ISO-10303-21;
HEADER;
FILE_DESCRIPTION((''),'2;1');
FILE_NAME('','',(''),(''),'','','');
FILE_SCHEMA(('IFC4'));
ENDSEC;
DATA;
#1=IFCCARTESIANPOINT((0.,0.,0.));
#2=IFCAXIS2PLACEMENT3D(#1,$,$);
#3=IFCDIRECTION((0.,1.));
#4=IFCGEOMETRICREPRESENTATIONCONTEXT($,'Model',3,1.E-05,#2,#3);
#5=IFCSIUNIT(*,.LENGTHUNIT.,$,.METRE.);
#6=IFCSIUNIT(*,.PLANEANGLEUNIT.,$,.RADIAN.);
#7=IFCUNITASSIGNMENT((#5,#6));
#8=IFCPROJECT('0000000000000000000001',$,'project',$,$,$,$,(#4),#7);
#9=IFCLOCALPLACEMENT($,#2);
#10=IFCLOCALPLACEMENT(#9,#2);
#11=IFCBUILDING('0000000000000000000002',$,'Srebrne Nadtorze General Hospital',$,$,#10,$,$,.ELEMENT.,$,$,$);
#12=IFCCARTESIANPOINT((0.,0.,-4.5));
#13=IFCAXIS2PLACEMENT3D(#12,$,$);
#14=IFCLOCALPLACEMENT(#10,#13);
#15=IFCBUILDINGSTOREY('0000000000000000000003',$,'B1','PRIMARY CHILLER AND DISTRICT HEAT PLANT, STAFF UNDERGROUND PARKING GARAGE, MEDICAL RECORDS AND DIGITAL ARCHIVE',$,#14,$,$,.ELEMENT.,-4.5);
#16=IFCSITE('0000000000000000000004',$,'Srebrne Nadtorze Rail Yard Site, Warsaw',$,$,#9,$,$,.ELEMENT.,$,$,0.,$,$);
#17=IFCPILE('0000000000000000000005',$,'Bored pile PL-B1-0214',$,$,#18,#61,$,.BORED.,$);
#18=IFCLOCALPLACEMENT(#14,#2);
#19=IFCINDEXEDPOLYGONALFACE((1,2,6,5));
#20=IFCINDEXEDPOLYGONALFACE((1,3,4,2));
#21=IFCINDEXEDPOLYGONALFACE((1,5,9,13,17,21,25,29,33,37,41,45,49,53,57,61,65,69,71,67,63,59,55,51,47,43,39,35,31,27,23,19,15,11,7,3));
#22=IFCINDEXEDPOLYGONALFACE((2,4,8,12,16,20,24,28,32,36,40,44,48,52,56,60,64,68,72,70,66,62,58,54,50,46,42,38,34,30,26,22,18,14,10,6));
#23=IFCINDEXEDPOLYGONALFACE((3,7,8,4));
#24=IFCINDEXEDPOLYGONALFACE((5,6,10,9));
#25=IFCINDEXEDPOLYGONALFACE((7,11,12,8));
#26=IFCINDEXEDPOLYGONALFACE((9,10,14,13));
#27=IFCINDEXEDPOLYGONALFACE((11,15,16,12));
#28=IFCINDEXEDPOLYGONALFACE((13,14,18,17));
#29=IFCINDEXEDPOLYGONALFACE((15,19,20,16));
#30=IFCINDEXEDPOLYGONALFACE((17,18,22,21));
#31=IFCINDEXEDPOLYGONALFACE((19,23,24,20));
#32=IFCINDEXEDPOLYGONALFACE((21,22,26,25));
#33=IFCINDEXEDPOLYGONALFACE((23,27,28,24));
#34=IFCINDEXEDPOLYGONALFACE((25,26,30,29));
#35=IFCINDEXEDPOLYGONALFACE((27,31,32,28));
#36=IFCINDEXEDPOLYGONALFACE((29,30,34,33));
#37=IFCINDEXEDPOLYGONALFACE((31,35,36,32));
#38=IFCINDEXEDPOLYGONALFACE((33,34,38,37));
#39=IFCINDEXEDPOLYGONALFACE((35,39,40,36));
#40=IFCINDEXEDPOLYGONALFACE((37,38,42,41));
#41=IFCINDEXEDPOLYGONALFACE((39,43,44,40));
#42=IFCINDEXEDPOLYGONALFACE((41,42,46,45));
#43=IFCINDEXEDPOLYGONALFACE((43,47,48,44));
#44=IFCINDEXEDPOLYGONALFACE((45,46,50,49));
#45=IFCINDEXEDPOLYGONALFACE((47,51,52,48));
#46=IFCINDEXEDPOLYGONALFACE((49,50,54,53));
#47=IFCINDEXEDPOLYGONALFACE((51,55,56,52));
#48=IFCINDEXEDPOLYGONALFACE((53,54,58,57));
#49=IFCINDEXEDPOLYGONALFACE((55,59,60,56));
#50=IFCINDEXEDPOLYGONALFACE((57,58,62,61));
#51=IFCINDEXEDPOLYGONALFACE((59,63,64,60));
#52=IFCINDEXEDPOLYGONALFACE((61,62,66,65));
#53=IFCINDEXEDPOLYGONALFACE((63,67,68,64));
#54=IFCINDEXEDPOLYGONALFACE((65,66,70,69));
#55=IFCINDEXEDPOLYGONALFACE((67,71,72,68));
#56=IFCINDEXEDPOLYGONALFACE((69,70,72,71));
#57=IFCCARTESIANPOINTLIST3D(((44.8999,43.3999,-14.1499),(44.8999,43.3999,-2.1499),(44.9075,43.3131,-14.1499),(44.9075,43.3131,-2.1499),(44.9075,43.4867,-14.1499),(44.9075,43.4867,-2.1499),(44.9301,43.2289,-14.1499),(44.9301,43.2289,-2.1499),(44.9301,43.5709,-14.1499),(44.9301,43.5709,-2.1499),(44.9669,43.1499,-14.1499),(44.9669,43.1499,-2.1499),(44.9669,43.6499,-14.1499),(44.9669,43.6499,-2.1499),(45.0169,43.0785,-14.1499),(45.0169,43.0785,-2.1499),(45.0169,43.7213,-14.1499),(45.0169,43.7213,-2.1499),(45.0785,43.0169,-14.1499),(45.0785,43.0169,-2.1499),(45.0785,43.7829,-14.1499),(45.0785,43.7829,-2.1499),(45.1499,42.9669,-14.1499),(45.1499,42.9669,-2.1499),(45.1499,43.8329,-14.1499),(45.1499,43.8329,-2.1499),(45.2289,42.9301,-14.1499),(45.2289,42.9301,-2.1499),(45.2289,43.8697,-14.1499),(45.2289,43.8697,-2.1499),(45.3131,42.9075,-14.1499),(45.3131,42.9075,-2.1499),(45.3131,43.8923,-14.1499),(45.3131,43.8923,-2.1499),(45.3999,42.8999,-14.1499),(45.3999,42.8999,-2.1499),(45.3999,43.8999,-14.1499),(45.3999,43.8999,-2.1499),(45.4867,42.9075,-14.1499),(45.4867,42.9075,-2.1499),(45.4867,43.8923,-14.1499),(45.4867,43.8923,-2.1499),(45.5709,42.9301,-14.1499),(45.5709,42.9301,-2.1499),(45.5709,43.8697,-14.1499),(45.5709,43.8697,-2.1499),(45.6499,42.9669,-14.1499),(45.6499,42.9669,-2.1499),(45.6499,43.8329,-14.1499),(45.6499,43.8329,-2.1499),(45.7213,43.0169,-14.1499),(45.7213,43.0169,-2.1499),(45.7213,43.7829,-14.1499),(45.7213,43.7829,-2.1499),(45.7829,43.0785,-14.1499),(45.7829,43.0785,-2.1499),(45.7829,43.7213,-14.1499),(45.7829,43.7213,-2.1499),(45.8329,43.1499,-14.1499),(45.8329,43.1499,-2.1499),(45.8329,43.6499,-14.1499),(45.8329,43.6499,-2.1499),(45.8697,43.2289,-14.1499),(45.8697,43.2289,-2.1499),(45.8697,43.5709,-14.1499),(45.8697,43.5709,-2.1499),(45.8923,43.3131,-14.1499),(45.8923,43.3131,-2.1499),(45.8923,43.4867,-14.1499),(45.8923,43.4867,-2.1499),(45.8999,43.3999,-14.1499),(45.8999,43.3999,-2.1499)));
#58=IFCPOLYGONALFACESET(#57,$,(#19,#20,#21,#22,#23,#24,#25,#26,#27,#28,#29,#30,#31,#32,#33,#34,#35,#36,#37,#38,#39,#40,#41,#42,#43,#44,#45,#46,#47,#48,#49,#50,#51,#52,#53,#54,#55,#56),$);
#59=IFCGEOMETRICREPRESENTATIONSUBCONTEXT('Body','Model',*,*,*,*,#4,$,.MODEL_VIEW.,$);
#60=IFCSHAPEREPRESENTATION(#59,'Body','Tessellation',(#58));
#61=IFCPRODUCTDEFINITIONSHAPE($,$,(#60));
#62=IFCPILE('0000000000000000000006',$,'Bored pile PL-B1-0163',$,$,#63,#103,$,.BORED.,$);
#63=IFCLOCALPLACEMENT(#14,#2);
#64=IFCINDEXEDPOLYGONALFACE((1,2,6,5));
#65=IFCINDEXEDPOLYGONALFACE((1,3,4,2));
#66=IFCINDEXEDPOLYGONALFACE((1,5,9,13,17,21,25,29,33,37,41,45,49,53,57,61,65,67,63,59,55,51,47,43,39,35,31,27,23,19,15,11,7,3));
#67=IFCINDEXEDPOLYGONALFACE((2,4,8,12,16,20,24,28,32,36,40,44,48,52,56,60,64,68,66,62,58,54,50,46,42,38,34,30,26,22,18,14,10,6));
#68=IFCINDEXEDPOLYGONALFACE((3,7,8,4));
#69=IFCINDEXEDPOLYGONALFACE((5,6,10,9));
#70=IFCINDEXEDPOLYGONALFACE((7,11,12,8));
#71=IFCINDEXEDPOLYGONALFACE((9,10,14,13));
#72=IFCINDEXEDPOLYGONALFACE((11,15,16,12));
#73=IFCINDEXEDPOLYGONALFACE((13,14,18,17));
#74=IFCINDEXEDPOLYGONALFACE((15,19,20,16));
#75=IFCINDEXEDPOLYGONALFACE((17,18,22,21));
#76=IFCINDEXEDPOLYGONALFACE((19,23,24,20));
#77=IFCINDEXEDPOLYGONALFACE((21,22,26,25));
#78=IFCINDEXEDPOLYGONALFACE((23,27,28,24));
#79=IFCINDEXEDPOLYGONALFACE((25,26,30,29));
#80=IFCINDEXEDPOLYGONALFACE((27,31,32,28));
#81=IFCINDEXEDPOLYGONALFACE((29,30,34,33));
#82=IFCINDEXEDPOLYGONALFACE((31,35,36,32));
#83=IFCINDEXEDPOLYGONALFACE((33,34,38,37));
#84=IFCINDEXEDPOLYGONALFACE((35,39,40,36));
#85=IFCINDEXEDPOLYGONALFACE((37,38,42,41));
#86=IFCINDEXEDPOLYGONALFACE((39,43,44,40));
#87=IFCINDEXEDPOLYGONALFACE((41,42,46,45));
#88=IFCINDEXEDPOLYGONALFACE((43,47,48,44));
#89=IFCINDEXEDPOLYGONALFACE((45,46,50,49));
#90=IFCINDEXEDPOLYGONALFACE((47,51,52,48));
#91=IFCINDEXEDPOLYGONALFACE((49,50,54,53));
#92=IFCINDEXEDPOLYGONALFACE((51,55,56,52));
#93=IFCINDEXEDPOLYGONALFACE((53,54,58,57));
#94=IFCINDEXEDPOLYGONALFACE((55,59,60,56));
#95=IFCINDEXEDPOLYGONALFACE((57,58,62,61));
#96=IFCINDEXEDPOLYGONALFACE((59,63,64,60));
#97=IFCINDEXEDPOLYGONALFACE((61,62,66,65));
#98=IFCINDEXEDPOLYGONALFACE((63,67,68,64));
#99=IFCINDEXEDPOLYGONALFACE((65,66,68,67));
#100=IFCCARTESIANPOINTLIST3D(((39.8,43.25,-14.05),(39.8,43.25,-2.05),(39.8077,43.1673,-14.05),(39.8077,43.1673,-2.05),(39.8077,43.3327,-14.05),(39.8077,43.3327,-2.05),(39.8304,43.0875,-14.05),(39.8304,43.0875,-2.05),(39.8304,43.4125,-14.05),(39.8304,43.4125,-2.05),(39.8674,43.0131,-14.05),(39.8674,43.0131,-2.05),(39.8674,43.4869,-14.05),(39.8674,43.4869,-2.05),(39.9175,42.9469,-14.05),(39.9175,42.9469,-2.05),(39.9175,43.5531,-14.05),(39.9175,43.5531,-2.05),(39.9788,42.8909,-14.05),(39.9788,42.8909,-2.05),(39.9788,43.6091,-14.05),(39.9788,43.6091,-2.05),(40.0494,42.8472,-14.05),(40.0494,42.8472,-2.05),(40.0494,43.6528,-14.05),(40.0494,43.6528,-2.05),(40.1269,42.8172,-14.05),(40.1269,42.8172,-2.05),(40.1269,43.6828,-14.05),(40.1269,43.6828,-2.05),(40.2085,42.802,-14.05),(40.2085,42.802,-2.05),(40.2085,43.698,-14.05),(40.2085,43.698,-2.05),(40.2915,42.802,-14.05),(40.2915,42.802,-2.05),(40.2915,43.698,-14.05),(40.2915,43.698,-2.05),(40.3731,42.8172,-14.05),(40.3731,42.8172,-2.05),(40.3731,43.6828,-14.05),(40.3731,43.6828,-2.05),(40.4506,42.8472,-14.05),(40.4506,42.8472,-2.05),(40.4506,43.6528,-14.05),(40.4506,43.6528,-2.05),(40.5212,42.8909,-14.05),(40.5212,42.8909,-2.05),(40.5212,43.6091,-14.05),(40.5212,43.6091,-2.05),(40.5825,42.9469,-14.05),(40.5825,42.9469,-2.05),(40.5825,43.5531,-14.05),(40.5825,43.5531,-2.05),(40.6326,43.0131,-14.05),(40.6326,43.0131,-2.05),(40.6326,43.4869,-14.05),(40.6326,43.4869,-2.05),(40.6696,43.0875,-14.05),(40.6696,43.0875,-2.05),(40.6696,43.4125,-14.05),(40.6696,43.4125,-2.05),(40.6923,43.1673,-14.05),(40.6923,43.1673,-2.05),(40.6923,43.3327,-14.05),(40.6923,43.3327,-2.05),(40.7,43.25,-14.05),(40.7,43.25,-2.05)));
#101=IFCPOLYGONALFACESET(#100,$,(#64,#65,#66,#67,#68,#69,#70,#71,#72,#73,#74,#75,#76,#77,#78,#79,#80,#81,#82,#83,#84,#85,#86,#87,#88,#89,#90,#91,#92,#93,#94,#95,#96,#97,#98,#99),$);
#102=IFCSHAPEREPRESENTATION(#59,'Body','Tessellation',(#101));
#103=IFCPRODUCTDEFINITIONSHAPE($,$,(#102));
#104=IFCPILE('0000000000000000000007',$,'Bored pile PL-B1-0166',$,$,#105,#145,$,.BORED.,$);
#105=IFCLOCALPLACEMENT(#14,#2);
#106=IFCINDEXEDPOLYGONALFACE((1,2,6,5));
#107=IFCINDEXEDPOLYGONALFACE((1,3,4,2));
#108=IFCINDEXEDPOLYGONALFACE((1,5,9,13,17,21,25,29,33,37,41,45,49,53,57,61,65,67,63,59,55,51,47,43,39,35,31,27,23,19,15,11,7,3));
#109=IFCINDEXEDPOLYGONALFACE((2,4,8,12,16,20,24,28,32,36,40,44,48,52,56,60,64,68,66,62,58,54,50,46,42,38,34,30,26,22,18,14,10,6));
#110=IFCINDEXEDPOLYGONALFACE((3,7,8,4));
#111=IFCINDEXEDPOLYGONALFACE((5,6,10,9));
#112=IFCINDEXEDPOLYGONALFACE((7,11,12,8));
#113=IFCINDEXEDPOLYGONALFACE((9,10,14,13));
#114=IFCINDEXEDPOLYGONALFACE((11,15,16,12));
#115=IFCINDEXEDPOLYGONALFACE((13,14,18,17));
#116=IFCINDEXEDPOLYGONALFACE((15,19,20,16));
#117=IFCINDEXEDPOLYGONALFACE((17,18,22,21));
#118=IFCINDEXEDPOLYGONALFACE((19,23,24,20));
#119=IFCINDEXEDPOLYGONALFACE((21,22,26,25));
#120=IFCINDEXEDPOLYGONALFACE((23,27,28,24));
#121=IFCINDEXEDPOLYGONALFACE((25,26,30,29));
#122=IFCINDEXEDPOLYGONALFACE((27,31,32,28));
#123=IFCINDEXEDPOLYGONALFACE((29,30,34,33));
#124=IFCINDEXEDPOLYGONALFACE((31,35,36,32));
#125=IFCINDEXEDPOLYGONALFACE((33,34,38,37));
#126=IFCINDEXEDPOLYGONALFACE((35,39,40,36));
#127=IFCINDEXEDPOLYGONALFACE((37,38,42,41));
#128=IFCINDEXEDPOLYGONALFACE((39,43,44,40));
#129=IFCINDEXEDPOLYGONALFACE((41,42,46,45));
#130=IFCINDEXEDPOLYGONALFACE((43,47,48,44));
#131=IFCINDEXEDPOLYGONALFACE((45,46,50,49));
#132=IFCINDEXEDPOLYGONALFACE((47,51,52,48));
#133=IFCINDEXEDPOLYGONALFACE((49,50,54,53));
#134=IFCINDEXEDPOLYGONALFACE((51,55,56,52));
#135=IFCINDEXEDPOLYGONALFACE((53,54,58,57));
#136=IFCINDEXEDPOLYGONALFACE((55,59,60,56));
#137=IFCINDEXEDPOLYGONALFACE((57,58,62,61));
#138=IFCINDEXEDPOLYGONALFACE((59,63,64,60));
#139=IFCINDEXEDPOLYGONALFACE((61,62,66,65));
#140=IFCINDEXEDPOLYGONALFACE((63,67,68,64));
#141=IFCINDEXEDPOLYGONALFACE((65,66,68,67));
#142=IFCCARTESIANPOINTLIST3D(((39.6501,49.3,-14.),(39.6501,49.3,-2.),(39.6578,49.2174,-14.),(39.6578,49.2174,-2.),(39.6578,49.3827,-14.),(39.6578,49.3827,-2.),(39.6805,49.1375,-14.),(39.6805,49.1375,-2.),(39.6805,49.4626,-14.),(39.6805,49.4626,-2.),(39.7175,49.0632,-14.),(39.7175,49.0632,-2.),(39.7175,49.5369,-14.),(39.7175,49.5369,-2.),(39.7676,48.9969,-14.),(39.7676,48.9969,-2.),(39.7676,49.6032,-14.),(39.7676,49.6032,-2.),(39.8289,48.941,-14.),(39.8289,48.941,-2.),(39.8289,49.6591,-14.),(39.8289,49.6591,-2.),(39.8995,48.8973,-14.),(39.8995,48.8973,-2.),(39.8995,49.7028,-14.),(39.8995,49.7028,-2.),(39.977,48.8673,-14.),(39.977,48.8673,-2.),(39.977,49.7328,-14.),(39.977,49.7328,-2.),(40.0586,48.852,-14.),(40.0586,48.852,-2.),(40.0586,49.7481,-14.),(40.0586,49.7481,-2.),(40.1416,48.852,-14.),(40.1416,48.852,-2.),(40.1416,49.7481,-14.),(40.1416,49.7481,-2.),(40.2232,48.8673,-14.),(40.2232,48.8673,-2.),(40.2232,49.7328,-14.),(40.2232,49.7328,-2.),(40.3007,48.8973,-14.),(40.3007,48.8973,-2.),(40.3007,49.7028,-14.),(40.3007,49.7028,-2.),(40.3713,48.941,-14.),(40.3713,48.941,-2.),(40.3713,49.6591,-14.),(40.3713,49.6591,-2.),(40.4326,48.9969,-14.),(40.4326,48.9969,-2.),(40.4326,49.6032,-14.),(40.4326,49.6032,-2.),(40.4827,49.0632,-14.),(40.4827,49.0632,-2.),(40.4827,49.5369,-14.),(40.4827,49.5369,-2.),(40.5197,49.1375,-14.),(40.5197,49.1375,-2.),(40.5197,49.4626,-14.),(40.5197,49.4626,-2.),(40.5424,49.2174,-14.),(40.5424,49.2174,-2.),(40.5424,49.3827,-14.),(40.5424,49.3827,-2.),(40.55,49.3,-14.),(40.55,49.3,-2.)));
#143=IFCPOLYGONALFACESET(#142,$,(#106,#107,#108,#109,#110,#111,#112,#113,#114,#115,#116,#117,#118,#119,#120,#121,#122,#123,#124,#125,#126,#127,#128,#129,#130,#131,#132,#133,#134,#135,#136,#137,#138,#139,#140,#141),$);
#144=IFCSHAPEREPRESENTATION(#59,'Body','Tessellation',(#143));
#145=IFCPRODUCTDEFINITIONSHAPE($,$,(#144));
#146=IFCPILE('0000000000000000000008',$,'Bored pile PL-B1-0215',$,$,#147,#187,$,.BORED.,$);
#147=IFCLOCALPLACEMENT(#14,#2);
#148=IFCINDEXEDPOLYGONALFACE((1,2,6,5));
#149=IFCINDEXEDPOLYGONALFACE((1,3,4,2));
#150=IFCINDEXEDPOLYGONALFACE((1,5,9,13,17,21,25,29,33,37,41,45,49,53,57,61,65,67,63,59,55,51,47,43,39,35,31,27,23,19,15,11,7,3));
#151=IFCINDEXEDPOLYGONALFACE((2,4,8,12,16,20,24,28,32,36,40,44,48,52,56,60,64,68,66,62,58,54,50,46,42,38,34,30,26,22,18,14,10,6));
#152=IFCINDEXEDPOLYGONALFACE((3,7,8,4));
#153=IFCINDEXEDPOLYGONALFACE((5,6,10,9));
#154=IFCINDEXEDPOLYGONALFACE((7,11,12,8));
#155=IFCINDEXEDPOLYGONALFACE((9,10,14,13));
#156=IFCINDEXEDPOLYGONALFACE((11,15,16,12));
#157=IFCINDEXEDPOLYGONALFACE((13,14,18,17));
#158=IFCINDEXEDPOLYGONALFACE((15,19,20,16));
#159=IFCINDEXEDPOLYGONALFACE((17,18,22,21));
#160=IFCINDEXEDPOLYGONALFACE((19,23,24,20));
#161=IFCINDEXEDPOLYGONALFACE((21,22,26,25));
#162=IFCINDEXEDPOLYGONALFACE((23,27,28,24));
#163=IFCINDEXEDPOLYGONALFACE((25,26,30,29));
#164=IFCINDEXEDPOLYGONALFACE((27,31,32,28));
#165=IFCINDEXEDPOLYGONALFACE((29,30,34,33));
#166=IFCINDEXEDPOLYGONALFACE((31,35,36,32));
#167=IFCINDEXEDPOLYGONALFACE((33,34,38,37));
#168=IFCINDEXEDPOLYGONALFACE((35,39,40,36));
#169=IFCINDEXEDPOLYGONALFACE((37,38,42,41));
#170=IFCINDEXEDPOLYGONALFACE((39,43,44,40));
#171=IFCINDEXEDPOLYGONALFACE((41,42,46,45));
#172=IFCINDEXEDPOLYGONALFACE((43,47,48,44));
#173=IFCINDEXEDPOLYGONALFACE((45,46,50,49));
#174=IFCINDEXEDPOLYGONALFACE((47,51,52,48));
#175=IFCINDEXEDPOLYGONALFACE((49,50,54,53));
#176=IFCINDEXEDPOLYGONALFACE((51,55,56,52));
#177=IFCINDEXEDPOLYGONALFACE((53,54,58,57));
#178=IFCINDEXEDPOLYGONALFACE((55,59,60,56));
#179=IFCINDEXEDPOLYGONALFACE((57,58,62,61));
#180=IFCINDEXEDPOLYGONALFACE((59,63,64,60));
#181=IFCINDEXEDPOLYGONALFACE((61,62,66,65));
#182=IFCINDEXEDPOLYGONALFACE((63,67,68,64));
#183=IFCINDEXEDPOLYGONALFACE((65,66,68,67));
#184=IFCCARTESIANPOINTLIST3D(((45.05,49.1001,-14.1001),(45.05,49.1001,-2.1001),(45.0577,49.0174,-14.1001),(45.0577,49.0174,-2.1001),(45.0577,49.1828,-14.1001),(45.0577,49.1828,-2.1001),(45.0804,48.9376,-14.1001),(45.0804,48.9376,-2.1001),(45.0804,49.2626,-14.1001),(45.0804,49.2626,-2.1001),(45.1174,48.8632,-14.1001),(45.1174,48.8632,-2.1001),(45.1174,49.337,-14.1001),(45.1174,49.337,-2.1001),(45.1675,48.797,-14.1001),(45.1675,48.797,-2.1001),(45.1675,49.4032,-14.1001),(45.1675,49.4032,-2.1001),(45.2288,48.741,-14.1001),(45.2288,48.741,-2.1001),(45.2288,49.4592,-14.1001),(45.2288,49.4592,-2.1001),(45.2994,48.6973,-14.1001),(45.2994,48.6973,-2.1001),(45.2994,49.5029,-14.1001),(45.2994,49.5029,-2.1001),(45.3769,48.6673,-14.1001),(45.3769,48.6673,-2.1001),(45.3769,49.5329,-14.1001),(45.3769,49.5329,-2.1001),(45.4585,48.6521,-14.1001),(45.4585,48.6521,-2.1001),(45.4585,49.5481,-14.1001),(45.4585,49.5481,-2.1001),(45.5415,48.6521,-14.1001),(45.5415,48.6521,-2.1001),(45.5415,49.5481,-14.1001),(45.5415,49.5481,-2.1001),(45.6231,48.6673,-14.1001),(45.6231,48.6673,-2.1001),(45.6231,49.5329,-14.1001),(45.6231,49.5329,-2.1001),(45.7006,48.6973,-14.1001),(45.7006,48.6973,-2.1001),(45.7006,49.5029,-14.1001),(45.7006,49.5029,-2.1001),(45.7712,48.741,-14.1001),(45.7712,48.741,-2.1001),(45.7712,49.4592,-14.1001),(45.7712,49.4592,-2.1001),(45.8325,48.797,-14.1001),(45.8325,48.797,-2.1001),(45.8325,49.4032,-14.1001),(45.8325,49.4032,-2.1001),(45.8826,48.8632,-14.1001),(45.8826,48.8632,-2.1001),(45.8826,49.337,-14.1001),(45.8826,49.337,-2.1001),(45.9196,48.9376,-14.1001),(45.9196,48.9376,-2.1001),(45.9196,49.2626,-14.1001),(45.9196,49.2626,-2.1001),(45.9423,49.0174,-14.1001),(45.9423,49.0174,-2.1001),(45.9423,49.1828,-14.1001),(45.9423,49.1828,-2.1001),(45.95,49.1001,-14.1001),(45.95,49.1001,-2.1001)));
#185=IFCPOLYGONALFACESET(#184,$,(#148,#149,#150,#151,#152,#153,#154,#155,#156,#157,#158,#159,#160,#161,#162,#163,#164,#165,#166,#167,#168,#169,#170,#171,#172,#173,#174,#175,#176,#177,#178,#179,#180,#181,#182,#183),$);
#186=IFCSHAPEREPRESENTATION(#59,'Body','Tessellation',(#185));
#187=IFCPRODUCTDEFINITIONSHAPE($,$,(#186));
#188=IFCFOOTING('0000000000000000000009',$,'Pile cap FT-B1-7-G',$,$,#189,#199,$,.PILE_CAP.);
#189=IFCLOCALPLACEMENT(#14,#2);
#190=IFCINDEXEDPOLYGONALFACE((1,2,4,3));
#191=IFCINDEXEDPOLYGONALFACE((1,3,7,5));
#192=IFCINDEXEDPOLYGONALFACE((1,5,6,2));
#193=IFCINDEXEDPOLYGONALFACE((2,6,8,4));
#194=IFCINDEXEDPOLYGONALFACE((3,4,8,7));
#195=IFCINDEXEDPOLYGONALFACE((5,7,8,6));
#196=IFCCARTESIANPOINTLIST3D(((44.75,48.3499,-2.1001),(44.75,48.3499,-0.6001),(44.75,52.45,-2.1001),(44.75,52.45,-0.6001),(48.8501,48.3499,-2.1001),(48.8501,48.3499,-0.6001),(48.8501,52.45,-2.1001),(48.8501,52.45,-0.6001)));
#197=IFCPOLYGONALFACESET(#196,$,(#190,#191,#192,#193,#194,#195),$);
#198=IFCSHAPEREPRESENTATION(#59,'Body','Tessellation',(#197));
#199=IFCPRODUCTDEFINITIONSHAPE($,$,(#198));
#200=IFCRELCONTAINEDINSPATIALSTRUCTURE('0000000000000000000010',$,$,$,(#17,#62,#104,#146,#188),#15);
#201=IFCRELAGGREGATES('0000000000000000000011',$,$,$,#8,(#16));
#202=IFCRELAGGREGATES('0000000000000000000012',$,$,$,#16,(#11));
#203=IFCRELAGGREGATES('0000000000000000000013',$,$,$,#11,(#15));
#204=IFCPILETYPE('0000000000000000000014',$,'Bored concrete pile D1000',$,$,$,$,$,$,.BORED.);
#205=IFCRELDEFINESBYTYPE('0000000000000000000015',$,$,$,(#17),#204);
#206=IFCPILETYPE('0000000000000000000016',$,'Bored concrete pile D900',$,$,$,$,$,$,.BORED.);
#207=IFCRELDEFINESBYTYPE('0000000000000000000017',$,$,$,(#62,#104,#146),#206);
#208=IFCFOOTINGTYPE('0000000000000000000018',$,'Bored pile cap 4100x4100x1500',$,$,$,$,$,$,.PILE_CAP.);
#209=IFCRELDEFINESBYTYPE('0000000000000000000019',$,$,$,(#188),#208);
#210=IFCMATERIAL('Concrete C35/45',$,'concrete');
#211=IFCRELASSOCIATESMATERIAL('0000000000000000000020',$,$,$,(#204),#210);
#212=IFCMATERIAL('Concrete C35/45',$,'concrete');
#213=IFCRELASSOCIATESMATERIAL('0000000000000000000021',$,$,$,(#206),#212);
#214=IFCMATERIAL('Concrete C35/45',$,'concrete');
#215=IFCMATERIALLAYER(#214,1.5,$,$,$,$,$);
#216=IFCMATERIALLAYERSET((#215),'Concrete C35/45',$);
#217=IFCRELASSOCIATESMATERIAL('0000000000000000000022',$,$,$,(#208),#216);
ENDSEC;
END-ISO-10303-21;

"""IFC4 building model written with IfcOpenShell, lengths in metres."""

from ifc_helpers import new_model, si_unit, direction, frame, origin, origin_2d, place, context, subcontext, project, spatial, rectangle, circle, extrude, material, layer, layer_set, material_profile, profile_set, type_object, element, save


model = new_model("IFC4")

# Units and contexts
model_context = context("Model", 3, precision=1e-05, world=origin(), true_north=direction((0.0, 1.0)))
body_context = subcontext(model_context, "Body", "Model", "MODEL_VIEW")
ifc_project = project(units=[si_unit("LENGTHUNIT", "METRE"), si_unit("PLANEANGLEUNIT", "RADIAN")], contexts=[model_context])

# Site, building, storey
site_placement = place(None, origin())
site = spatial("IfcSite", under=ifc_project, at=site_placement, Name="Srebrne Nadtorze Rail Yard Site, Warsaw", CompositionType="ELEMENT", RefElevation=0.0)
building_placement = place(site_placement, origin())
building = spatial("IfcBuilding", under=site, at=building_placement, Name="Srebrne Nadtorze General Hospital", CompositionType="ELEMENT")
storey_placement = place(building_placement, frame((0.0, 0.0, -4.5)))
storey = spatial("IfcBuildingStorey", under=building, at=storey_placement, Name="B1", Description="PRIMARY CHILLER AND DISTRICT HEAT PLANT, STAFF UNDERGROUND PARKING GARAGE, MEDICAL RECORDS AND DIGITAL ARCHIVE", CompositionType="ELEMENT", Elevation=-4.5)

# Piles
ifc_material_1 = material(Name="Concrete C35/45", Category="concrete")
ifc_material_profile_1 = material_profile(ifc_material_1, circle(Radius=0.5, at=origin_2d()), Name="PILE-D1000")
ifc_profile_set_1 = profile_set([ifc_material_profile_1], Name="Concrete C35/45")
pile_type_1 = type_object("IfcPileType", Name="Bored concrete pile D1000", PredefinedType="BORED", material=ifc_profile_set_1)
pile_placement = place(storey_placement, frame((45.3999, 43.3999, -2.1499), z_axis=(0.0, 0.0, -1.0), x_axis=(1.0, 0.0, 0.0)))
element("IfcPile", 1, at=pile_placement, inside=storey, type_object=pile_type_1, Name="Bored pile PL-B1-0214", PredefinedType="BORED", context=body_context, shape_type="SweptSolid", body=[
    extrude(circle(Radius=0.5, at=origin_2d()), origin(), (0.0, 0.0, 1.0), 12.0),
])
ifc_material_2 = material(Name="Concrete C35/45", Category="concrete")
ifc_material_profile_2 = material_profile(ifc_material_2, circle(Radius=0.45, at=origin_2d()), Name="PILE-D900")
ifc_profile_set_2 = profile_set([ifc_material_profile_2], Name="Concrete C35/45")
pile_type_2 = type_object("IfcPileType", Name="Bored concrete pile D900", PredefinedType="BORED", material=ifc_profile_set_2)
for number, where, z_axis, x_axis, name in (
    (2, (40.25, 43.25, -2.05), (0.0, 0.0, -1.0), (1.0, 0.0, 0.0), "Bored pile PL-B1-0163"),
    (3, (40.1001, 49.3, -2.0), (0.0, 0.0, -1.0), (1.0, 0.0, 0.0), "Bored pile PL-B1-0166"),
    (4, (45.5, 49.1001, -2.1001), (0.0, 0.0, -1.0), (1.0, 0.0, 0.0), "Bored pile PL-B1-0215"),
):
    element("IfcPile", number, at=place(storey_placement, frame(where, z_axis=z_axis, x_axis=x_axis)), inside=storey, type_object=pile_type_2, Name=name, PredefinedType="BORED", context=body_context, shape_type="SweptSolid", body=[
        extrude(circle(Radius=0.45, at=origin_2d()), origin(), (0.0, 0.0, 1.0), 12.0),
    ])

# Footing
ifc_material_3 = material(Name="Concrete C35/45", Category="concrete")
ifc_layer_1 = layer(ifc_material_3, 1.5)
ifc_layer_set_1 = layer_set([ifc_layer_1], Name="Concrete C35/45")
footing_type = type_object("IfcFootingType", Name="Bored pile cap 4100x4100x1500", PredefinedType="PILE_CAP", material=ifc_layer_set_1)
footing_placement = place(storey_placement, frame((46.8, 50.3999, -2.1001), z_axis=(0.0, 0.0, 1.0), x_axis=(1.0, 0.0, 0.0)))
element("IfcFooting", 5, at=footing_placement, inside=storey, type_object=footing_type, Name="Pile cap FT-B1-7-G", PredefinedType="PILE_CAP", context=body_context, shape_type="SweptSolid", body=[
    extrude(rectangle(XDim=4.1001, YDim=4.1001, at=origin_2d()), origin(), (0.0, 0.0, 1.0), 1.5),
])

save(model, "model.ifc")
